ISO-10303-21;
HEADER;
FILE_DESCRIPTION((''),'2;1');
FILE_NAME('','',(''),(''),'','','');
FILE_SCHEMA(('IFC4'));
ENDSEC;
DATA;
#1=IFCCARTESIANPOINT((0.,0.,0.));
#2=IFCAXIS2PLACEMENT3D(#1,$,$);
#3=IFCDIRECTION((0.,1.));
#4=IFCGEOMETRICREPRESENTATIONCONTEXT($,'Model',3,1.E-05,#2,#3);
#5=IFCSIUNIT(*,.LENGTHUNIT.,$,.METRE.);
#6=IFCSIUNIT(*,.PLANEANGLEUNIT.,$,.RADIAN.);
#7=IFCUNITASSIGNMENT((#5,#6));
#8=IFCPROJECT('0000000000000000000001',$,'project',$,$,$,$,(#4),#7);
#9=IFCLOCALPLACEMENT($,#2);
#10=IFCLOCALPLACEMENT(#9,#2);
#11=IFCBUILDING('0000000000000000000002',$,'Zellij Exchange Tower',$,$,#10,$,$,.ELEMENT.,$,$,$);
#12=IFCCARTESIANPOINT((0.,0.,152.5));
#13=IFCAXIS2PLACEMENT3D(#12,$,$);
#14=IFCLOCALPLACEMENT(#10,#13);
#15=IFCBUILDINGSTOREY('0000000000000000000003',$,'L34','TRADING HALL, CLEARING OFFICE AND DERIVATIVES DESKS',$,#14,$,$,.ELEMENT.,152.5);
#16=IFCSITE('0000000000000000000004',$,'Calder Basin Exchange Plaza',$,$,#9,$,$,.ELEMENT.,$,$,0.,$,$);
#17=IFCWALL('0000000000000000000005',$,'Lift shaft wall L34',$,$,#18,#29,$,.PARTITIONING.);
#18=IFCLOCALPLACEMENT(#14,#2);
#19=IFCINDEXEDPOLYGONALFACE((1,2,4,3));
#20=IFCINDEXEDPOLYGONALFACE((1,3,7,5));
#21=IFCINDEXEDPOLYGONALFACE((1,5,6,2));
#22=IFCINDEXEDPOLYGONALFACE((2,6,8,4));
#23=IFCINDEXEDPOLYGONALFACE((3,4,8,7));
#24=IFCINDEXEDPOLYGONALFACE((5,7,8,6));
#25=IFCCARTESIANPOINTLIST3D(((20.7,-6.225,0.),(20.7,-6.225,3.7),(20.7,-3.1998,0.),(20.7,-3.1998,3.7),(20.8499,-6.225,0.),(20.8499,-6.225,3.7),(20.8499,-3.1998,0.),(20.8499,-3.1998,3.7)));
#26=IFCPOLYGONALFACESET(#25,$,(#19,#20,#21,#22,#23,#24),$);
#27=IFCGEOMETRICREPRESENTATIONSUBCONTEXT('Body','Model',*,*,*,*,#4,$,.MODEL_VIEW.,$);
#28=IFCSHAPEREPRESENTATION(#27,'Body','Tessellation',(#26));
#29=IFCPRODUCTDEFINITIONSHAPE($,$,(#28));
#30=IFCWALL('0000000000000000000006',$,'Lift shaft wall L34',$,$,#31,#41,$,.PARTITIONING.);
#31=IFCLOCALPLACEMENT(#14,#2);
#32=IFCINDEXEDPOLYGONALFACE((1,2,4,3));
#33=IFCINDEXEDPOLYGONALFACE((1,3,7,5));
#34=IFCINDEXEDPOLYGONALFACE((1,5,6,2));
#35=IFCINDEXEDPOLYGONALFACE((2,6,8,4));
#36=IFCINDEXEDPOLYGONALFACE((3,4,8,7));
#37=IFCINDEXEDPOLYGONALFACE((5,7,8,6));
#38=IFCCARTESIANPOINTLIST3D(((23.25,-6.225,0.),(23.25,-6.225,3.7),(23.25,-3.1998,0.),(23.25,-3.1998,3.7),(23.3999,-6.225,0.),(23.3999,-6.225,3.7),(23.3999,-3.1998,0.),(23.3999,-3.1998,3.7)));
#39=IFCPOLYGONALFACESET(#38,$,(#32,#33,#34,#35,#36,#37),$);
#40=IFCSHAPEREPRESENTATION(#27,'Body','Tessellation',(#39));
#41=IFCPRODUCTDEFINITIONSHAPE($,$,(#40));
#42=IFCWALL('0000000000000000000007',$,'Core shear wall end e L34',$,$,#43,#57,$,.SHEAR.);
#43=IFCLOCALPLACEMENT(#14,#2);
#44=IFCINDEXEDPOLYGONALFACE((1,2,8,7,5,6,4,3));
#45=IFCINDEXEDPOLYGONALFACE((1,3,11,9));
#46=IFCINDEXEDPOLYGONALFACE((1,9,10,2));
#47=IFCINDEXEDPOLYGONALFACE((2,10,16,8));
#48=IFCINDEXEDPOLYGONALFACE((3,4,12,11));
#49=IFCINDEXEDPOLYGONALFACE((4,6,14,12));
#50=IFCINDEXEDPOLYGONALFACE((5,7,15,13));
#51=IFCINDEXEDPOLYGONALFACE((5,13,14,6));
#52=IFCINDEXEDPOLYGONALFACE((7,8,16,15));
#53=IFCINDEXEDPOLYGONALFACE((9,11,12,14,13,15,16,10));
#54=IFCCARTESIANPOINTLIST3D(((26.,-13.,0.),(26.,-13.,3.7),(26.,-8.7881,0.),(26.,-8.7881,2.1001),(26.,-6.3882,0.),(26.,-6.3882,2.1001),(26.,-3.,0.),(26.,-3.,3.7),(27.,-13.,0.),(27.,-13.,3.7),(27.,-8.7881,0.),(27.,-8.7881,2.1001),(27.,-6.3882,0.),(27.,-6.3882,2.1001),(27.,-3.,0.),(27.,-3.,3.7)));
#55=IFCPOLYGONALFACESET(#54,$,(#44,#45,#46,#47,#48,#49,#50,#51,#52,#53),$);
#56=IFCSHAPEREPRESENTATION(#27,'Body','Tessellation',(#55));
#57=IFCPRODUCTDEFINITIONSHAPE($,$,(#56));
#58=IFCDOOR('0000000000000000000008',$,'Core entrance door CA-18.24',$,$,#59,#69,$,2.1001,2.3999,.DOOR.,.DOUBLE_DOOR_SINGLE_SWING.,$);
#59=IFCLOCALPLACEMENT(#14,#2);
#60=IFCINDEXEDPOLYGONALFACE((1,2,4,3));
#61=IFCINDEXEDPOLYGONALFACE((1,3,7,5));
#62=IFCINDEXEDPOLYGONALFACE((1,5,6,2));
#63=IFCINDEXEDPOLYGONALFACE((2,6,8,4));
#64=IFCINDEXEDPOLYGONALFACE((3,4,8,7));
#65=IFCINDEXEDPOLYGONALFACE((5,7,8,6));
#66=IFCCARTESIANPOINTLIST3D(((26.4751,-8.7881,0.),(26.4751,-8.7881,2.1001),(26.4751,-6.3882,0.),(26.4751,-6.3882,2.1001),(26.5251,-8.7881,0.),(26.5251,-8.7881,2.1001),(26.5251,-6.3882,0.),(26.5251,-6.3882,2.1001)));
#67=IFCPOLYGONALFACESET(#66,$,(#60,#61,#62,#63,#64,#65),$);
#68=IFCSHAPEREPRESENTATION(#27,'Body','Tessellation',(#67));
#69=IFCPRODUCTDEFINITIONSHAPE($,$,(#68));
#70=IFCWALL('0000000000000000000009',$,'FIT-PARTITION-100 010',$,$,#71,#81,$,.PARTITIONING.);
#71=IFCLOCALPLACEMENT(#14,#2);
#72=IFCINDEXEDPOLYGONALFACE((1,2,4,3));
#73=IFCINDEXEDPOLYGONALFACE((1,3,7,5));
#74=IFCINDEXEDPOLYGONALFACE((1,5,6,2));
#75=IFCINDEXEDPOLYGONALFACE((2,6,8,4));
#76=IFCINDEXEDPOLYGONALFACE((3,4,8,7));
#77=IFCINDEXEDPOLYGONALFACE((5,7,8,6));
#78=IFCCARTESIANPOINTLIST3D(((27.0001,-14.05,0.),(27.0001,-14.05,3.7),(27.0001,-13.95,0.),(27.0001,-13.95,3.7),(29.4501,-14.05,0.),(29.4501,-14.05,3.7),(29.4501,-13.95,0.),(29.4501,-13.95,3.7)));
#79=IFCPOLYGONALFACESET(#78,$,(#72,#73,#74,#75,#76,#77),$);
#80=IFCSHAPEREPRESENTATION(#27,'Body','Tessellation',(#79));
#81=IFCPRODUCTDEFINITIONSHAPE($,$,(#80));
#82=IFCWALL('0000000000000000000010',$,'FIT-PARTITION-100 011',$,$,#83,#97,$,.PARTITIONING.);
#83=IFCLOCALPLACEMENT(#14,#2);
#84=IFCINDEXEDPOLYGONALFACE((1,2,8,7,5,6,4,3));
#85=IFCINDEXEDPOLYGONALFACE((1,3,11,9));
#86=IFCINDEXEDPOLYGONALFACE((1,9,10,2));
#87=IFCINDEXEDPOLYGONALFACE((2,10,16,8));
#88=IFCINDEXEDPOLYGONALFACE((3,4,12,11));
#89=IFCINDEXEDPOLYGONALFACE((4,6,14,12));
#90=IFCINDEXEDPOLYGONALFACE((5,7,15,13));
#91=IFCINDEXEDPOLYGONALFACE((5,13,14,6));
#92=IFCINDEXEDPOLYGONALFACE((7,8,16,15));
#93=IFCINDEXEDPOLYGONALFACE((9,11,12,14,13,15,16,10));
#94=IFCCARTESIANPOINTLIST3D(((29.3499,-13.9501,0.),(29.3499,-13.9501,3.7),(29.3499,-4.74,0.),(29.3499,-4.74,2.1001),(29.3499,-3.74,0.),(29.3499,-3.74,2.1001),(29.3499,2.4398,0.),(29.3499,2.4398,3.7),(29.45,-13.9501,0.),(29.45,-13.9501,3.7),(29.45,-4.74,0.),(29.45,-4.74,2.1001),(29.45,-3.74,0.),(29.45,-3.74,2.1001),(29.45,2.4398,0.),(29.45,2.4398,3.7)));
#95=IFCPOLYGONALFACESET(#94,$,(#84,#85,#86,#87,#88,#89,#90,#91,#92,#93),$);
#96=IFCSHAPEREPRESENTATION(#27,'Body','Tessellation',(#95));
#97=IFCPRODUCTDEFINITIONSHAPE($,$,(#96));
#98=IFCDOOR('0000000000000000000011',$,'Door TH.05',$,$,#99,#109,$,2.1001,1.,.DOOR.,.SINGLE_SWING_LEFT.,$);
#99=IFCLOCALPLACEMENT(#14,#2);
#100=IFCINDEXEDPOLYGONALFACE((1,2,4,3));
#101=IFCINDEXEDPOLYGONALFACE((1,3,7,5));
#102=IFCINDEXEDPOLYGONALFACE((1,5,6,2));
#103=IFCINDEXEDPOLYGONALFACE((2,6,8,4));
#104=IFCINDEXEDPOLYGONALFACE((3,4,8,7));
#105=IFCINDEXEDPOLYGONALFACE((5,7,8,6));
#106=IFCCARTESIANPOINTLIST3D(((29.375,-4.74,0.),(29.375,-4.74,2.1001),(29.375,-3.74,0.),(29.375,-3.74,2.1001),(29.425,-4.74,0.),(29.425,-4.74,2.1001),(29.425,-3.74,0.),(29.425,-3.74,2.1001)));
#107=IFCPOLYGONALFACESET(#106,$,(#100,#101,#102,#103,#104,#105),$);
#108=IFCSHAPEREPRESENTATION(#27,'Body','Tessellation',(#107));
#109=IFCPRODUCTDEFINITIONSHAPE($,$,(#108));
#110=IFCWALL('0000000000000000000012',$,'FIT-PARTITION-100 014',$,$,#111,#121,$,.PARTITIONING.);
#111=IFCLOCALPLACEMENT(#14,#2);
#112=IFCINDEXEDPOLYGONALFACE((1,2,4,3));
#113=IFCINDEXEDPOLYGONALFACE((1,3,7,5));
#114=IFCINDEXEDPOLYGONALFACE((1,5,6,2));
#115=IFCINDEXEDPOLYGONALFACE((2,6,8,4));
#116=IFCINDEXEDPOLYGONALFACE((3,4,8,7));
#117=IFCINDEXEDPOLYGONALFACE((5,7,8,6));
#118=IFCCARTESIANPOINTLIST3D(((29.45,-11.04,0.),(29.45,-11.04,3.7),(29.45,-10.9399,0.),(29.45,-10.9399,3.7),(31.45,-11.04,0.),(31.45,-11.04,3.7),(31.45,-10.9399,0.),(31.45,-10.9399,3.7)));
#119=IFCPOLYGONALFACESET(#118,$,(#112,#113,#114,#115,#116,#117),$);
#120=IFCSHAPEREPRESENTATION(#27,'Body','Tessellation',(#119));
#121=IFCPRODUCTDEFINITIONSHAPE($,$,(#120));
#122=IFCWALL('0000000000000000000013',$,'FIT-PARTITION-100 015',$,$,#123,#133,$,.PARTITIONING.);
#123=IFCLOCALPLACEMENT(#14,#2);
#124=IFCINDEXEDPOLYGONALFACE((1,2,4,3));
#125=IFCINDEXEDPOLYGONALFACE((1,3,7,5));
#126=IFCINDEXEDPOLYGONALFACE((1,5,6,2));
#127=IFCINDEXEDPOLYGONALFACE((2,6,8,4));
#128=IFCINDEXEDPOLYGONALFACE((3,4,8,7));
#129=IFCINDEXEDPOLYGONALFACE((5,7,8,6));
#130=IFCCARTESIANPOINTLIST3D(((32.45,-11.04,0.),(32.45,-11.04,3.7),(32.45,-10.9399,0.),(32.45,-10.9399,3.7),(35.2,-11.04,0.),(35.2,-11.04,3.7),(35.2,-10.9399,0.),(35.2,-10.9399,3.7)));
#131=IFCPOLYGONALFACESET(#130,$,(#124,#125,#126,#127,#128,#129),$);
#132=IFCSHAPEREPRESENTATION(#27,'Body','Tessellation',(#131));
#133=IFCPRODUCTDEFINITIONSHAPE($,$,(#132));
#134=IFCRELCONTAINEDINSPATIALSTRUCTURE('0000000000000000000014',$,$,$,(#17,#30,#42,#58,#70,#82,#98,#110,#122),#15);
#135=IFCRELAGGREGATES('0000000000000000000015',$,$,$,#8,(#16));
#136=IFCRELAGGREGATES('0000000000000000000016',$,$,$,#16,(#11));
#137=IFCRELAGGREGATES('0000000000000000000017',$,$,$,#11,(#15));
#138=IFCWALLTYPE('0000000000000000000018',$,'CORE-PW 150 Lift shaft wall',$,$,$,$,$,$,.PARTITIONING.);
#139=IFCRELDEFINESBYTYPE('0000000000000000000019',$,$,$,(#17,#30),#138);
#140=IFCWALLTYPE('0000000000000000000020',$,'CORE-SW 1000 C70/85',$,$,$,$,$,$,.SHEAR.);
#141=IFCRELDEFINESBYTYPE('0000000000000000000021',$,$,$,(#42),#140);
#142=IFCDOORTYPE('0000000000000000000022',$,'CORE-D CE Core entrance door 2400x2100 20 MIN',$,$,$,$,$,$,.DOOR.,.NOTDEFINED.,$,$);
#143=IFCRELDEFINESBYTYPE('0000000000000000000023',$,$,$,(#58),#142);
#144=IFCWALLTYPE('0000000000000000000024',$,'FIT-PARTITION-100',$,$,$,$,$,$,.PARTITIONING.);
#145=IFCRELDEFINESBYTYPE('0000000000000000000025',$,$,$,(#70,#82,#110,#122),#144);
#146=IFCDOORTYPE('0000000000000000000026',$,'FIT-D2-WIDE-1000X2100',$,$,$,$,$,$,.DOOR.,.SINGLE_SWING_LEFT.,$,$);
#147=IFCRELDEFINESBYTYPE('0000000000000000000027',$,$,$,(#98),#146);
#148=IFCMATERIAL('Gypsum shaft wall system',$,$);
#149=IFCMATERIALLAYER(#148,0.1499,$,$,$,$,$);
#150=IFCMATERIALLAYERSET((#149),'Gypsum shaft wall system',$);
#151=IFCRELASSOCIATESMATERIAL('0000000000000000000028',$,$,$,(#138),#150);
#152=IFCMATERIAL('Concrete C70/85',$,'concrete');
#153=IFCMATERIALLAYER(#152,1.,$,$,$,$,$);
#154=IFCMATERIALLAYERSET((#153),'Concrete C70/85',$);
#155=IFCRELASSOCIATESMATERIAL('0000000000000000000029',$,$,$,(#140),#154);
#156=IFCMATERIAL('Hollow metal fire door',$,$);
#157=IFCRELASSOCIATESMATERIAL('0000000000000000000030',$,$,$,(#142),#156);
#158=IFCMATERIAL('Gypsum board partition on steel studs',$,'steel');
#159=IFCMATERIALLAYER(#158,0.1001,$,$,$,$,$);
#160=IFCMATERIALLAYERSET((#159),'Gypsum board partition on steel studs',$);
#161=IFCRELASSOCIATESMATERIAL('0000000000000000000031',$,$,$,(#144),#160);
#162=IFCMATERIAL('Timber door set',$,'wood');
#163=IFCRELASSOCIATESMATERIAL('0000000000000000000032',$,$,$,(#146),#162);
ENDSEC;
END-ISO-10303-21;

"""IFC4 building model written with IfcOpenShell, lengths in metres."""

from ifc_helpers import new_model, si_unit, direction, frame, frame_2d, origin, place, context, subcontext, project, spatial, rectangle, extrude, material, layer, layer_set, type_object, element, fill, save


model = new_model("IFC4")

# Units and contexts
model_context = context("Model", 3, precision=1e-05, world=origin(), true_north=direction((0.0, 1.0)))
body_context = subcontext(model_context, "Body", "Model", "MODEL_VIEW")
ifc_project = project(units=[si_unit("LENGTHUNIT", "METRE"), si_unit("PLANEANGLEUNIT", "RADIAN")], contexts=[model_context])

# Site, building, storey
site_placement = place(None, origin())
site = spatial("IfcSite", under=ifc_project, at=site_placement, Name="Calder Basin Exchange Plaza", CompositionType="ELEMENT", RefElevation=0.0)
building_placement = place(site_placement, origin())
building = spatial("IfcBuilding", under=site, at=building_placement, Name="Zellij Exchange Tower", CompositionType="ELEMENT")
storey_placement = place(building_placement, frame((0.0, 0.0, 152.5)))
storey = spatial("IfcBuildingStorey", under=building, at=storey_placement, Name="L34", Description="TRADING HALL, CLEARING OFFICE AND DERIVATIVES DESKS", CompositionType="ELEMENT", Elevation=152.5)

# Shared definitions
ifc_material_1 = material(Name="Concrete C70/85", Category="concrete")

# Walls
ifc_material_2 = material(Name="Gypsum shaft wall system")
ifc_layer_1 = layer(ifc_material_2, 0.1499)
ifc_layer_set_1 = layer_set([ifc_layer_1], Name="Gypsum shaft wall system")
wall_type_1 = type_object("IfcWallType", Name="CORE-PW 150 Lift shaft wall", PredefinedType="PARTITIONING", material=ifc_layer_set_1)
for number, where, z_axis, x_axis, name in (
    (1, (20.7749, -6.2251, 0.0), (0.0, 0.0, 1.0), (0.0, 1.0, 0.0), "Lift shaft wall L34"),
    (2, (23.325, -6.2251, 0.0), (0.0, 0.0, 1.0), (0.0, 1.0, 0.0), "Lift shaft wall L34"),
):
    element("IfcWall", number, at=place(storey_placement, frame(where, z_axis=z_axis, x_axis=x_axis)), inside=storey, type_object=wall_type_1, Name=name, PredefinedType="PARTITIONING", context=body_context, shape_type="SweptSolid", body=[
        extrude(rectangle(XDim=3.0251, YDim=0.1499, at=frame_2d((1.5127, 0.0))), origin(), (0.0, 0.0, 1.0), 3.7),
    ])

# Wall, opening, door
ifc_layer_2 = layer(ifc_material_1, 1.0)
ifc_layer_set_2 = layer_set([ifc_layer_2], Name="Concrete C70/85")
wall_type_2 = type_object("IfcWallType", Name="CORE-SW 1000 C70/85", PredefinedType="SHEAR", material=ifc_layer_set_2)
wall_1_placement = place(storey_placement, frame((26.5, -13.0, 0.0), z_axis=(0.0, 0.0, 1.0), x_axis=(0.0, 1.0, 0.0)))
wall_1 = element("IfcWall", 3, at=wall_1_placement, inside=storey, type_object=wall_type_2, Name="Core shear wall end e L34", PredefinedType="SHEAR", context=body_context, shape_type="SweptSolid", body=[
    extrude(rectangle(XDim=10.0, YDim=1.0, at=frame_2d((5.0, 0.0))), origin(), (0.0, 0.0, 1.0), 3.7),
])
opening_1_placement = place(wall_1_placement, frame((4.2119, 0.0, 0.0)))
opening_1 = element("IfcOpeningElement", 4, at=opening_1_placement, cuts=wall_1, PredefinedType="OPENING", context=body_context, shape_type="SweptSolid", body=[
    extrude(rectangle(XDim=2.3999, YDim=2.1001, at=frame_2d((1.2, 1.05))), frame((0.0, 0.512, 0.0), z_axis=(0.0, -1.0, 0.0), x_axis=(1.0, 0.0, 0.0)), (0.0, 0.0, 1.0), 1.0239),
])
ifc_material_3 = material(Name="Hollow metal fire door")
door_type_1 = type_object("IfcDoorType", Name="CORE-D CE Core entrance door 2400x2100 20 MIN", OperationType="NOTDEFINED", PredefinedType="DOOR", material=ifc_material_3)
door_1_placement = place(opening_1_placement, origin())
door_1 = element("IfcDoor", 5, at=door_1_placement, inside=storey, type_object=door_type_1, Name="Core entrance door CA-18.24", OperationType="DOUBLE_DOOR_SINGLE_SWING", OverallHeight=2.1001, OverallWidth=2.3999, PredefinedType="DOOR", context=body_context, shape_type="SweptSolid", body=[
    extrude(rectangle(XDim=2.3999, YDim=2.1001, at=frame_2d((1.2, 1.05))), frame((0.0, 0.0249, 0.0), z_axis=(0.0, -1.0, 0.0), x_axis=(1.0, 0.0, 0.0)), (0.0, 0.0, 1.0), 0.05),
])
fill(opening_1, door_1)

# Wall
ifc_material_4 = material(Name="Gypsum board partition on steel studs", Category="steel")
ifc_layer_3 = layer(ifc_material_4, 0.1001)
ifc_layer_set_3 = layer_set([ifc_layer_3], Name="Gypsum board partition on steel studs")
wall_type_3 = type_object("IfcWallType", Name="FIT-PARTITION-100", PredefinedType="PARTITIONING", material=ifc_layer_set_3)
wall_2_placement = place(storey_placement, frame((27.0, -14.0, 0.0), z_axis=(0.0, 0.0, 1.0), x_axis=(1.0, 0.0, 0.0)))
element("IfcWall", 6, at=wall_2_placement, inside=storey, type_object=wall_type_3, Name="FIT-PARTITION-100 010", PredefinedType="PARTITIONING", context=body_context, shape_type="SweptSolid", body=[
    extrude(rectangle(XDim=2.45, YDim=0.1001, at=frame_2d((1.2251, 0.0))), origin(), (0.0, 0.0, 1.0), 3.7),
])

# Wall, opening, door
wall_3_placement = place(storey_placement, frame((29.3999, -13.95, 0.0), z_axis=(0.0, 0.0, 1.0), x_axis=(0.0, 1.0, 0.0)))
wall_3 = element("IfcWall", 7, at=wall_3_placement, inside=storey, type_object=wall_type_3, Name="FIT-PARTITION-100 011", PredefinedType="PARTITIONING", context=body_context, shape_type="SweptSolid", body=[
    extrude(rectangle(XDim=16.3899, YDim=0.1001, at=frame_2d((8.1948, 0.0))), origin(), (0.0, 0.0, 1.0), 3.7),
])
opening_2_placement = place(wall_3_placement, frame((9.21, 0.0, 0.0)))
opening_2 = element("IfcOpeningElement", 8, at=opening_2_placement, cuts=wall_3, PredefinedType="OPENING", context=body_context, shape_type="SweptSolid", body=[
    extrude(rectangle(XDim=1.0, YDim=2.1001, at=frame_2d((0.5, 1.05))), frame((0.0, 0.062, 0.0), z_axis=(0.0, -1.0, 0.0), x_axis=(1.0, 0.0, 0.0)), (0.0, 0.0, 1.0), 0.124),
])
ifc_material_5 = material(Name="Timber door set", Category="wood")
door_type_2 = type_object("IfcDoorType", Name="FIT-D2-WIDE-1000X2100", OperationType="SINGLE_SWING_LEFT", PredefinedType="DOOR", material=ifc_material_5)
door_2_placement = place(opening_2_placement, origin())
door_2 = element("IfcDoor", 9, at=door_2_placement, inside=storey, type_object=door_type_2, Name="Door TH.05", OperationType="SINGLE_SWING_LEFT", OverallHeight=2.1001, OverallWidth=1.0, PredefinedType="DOOR", context=body_context, shape_type="SweptSolid", body=[
    extrude(rectangle(XDim=1.0, YDim=2.1001, at=frame_2d((0.5, 1.05))), frame((0.0, 0.0249, 0.0), z_axis=(0.0, -1.0, 0.0), x_axis=(1.0, 0.0, 0.0)), (0.0, 0.0, 1.0), 0.05),
])
fill(opening_2, door_2)

# Walls
wall_4_placement = place(storey_placement, frame((29.45, -10.99, 0.0), z_axis=(0.0, 0.0, 1.0), x_axis=(1.0, 0.0, 0.0)))
element("IfcWall", 10, at=wall_4_placement, inside=storey, type_object=wall_type_3, Name="FIT-PARTITION-100 014", PredefinedType="PARTITIONING", context=body_context, shape_type="SweptSolid", body=[
    extrude(rectangle(XDim=2.0, YDim=0.1001, at=frame_2d((1.0, 0.0))), origin(), (0.0, 0.0, 1.0), 3.7),
])
wall_5_placement = place(storey_placement, frame((32.45, -10.99, 0.0), z_axis=(0.0, 0.0, 1.0), x_axis=(1.0, 0.0, 0.0)))
element("IfcWall", 11, at=wall_5_placement, inside=storey, type_object=wall_type_3, Name="FIT-PARTITION-100 015", PredefinedType="PARTITIONING", context=body_context, shape_type="SweptSolid", body=[
    extrude(rectangle(XDim=2.75, YDim=0.1001, at=frame_2d((1.375, 0.0))), origin(), (0.0, 0.0, 1.0), 3.7),
])

save(model, "model.ifc")
